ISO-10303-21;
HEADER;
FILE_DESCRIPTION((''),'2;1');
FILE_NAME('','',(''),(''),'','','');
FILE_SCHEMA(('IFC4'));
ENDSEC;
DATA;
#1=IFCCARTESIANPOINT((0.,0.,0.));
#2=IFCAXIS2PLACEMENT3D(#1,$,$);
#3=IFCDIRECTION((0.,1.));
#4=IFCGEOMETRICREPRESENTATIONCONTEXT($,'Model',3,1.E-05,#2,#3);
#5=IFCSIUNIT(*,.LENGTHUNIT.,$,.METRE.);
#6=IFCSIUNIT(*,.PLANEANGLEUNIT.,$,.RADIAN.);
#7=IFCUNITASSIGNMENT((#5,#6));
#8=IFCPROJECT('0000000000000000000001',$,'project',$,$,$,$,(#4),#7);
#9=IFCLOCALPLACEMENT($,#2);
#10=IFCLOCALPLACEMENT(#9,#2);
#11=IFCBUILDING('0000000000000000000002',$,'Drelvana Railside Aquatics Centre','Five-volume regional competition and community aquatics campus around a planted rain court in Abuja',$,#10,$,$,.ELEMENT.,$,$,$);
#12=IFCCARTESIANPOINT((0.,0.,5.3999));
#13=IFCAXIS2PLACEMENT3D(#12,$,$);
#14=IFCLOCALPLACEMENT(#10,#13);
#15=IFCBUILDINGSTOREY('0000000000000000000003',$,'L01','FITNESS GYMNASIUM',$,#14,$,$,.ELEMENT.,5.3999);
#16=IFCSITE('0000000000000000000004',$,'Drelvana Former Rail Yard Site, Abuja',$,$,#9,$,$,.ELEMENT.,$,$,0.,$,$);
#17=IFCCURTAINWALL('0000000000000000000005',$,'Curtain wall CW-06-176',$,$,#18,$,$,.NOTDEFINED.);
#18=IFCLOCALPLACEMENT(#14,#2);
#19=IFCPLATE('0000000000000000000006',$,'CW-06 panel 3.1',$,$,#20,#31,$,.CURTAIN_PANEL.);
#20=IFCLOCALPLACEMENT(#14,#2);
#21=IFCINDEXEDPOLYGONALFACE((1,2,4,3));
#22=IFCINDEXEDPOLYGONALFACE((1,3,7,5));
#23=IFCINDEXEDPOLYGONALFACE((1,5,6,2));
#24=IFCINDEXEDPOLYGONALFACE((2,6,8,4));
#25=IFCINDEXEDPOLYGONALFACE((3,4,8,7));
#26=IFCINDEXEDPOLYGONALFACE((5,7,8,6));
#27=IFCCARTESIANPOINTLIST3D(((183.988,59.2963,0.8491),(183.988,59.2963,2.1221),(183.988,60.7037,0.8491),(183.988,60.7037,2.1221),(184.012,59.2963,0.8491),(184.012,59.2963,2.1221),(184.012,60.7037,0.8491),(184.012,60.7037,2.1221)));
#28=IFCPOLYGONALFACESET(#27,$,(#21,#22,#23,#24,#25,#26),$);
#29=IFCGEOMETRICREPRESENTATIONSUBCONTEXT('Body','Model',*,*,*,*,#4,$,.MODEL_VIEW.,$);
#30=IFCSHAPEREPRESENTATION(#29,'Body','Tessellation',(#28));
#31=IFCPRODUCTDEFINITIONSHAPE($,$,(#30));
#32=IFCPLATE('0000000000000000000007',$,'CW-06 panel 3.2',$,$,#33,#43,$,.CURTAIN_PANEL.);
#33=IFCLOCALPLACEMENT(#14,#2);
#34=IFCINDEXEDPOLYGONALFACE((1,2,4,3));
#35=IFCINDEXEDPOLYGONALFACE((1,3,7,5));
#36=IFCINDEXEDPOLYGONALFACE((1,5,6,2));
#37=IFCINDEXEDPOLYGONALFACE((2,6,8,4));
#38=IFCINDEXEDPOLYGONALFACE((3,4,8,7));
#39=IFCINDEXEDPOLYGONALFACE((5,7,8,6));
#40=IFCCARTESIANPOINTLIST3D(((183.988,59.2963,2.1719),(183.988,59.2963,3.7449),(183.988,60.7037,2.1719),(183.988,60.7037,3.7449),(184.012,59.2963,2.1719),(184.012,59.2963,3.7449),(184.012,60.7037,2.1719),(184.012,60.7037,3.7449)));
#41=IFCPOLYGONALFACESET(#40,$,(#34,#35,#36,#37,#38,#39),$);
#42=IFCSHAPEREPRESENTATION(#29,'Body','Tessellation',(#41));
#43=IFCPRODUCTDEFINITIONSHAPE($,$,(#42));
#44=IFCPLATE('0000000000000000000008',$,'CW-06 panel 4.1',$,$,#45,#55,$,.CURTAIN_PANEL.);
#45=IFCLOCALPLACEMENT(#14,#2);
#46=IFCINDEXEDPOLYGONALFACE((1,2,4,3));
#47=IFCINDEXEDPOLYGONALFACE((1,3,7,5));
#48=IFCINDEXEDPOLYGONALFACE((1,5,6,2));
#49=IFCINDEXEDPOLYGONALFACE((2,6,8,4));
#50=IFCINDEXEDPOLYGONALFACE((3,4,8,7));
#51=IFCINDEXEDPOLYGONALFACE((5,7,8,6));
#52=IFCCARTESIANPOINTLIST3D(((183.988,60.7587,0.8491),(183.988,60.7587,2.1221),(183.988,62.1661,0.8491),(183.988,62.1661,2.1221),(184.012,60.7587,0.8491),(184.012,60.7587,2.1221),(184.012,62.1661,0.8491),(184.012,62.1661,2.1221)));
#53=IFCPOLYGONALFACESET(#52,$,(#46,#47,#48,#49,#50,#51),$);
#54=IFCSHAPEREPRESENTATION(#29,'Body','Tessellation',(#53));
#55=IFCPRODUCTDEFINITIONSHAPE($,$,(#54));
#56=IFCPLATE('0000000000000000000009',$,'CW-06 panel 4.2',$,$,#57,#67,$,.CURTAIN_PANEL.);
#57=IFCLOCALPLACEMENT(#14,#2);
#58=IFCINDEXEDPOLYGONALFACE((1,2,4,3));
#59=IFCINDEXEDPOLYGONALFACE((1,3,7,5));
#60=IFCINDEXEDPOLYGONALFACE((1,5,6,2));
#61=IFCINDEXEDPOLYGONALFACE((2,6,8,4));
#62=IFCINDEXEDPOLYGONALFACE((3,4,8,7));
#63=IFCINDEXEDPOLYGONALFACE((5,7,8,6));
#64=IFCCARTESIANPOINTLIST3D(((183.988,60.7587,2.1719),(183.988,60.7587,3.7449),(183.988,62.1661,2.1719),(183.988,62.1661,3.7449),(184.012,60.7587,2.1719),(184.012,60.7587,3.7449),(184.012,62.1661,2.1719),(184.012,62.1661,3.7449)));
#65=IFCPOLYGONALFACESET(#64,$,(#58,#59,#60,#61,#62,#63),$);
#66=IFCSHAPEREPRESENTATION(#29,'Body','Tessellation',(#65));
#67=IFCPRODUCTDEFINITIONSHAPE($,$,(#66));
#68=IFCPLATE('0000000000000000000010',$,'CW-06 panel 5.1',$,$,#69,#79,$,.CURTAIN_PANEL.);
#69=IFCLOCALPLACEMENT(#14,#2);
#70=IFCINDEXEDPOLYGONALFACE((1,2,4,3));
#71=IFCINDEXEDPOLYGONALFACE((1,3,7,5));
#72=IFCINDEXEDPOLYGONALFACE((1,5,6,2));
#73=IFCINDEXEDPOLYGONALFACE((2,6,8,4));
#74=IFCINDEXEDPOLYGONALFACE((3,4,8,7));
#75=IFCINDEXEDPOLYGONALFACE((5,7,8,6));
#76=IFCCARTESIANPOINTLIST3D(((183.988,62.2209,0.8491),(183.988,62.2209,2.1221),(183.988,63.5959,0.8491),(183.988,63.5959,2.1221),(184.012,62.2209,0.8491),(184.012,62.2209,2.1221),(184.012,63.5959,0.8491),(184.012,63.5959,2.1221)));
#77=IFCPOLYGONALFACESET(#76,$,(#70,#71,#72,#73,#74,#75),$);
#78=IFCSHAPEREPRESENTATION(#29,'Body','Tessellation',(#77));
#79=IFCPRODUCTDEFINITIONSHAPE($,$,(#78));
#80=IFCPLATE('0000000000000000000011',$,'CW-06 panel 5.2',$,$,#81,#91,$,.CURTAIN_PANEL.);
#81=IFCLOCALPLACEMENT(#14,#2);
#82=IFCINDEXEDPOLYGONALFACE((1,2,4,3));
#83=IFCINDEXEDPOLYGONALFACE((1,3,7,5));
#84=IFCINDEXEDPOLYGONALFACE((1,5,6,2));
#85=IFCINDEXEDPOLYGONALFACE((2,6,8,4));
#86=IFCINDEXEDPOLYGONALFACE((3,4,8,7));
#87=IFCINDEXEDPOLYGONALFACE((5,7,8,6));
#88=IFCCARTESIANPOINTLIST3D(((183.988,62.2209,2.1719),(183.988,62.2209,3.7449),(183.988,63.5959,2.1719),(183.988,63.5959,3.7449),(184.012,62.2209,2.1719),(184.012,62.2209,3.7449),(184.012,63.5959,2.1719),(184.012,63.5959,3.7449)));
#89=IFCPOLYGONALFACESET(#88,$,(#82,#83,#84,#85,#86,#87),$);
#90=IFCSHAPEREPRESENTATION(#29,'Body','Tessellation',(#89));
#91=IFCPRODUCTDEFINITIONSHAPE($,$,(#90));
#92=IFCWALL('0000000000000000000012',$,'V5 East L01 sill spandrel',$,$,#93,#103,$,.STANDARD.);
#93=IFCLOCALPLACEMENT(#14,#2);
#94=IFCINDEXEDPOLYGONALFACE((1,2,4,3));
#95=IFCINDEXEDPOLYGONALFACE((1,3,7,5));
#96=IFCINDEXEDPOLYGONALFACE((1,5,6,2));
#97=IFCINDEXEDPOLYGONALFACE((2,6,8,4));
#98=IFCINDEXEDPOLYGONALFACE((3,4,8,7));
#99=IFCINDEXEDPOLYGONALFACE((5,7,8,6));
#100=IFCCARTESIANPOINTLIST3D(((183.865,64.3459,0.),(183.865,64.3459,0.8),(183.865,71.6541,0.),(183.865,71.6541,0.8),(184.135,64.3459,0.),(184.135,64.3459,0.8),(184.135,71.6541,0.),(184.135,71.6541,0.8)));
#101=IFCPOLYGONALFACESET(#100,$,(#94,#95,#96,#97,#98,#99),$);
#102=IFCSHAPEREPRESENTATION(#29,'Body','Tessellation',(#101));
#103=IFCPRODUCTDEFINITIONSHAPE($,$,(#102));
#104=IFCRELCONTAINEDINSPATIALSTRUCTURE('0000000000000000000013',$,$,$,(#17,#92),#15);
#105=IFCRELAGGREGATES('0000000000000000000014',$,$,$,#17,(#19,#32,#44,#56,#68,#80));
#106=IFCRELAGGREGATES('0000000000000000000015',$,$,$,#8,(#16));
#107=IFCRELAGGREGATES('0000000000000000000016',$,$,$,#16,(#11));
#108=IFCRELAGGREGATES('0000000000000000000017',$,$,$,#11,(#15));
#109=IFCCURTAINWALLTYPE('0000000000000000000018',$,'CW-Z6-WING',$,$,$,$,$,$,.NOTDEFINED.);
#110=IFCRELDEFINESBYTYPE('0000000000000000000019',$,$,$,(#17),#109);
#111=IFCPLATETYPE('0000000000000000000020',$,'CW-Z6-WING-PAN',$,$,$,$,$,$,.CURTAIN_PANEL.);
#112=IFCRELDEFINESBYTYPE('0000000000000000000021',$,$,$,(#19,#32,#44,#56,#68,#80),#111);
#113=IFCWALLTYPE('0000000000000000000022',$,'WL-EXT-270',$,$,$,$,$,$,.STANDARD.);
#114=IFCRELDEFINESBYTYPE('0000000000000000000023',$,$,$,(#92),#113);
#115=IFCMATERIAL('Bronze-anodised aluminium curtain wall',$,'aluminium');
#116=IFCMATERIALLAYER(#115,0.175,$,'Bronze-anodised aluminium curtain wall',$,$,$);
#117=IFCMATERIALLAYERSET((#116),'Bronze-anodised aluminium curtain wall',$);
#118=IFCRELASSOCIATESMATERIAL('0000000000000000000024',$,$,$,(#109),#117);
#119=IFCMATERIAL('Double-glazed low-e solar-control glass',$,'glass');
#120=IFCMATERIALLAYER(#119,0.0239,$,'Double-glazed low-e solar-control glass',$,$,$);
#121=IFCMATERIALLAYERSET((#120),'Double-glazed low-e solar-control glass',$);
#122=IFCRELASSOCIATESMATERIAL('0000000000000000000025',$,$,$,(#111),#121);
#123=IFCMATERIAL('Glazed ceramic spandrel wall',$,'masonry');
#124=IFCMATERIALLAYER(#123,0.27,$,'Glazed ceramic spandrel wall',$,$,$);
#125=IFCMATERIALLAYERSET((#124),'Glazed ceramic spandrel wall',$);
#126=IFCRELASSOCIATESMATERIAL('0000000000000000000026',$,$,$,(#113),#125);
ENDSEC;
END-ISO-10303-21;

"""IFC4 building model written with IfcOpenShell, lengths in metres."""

from ifc_helpers import new_model, si_unit, direction, frame, frame_2d, origin, origin_2d, place, context, subcontext, project, spatial, rectangle, extrude, material, layer, layer_set, type_object, element, aggregate, save


model = new_model("IFC4")

# Units and contexts
model_context = context("Model", 3, precision=1e-05, world=origin(), true_north=direction((0.0, 1.0)))
body_context = subcontext(model_context, "Body", "Model", "MODEL_VIEW")
ifc_project = project(units=[si_unit("LENGTHUNIT", "METRE"), si_unit("PLANEANGLEUNIT", "RADIAN")], contexts=[model_context])

# Site, building, storey
site_placement = place(None, origin())
site = spatial("IfcSite", under=ifc_project, at=site_placement, Name="Drelvana Former Rail Yard Site, Abuja", CompositionType="ELEMENT", RefElevation=0.0)
building_placement = place(site_placement, origin())
building = spatial("IfcBuilding", under=site, at=building_placement, Name="Drelvana Railside Aquatics Centre", Description="Five-volume regional competition and community aquatics campus around a planted rain court in Abuja", CompositionType="ELEMENT")
storey_placement = place(building_placement, frame((0.0, 0.0, 5.3999)))
storey = spatial("IfcBuildingStorey", under=building, at=storey_placement, Name="L01", Description="FITNESS GYMNASIUM", CompositionType="ELEMENT", Elevation=5.3999)

# Curtain wall
ifc_material_1 = material(Name="Bronze-anodised aluminium curtain wall", Category="aluminium")
ifc_layer_1 = layer(ifc_material_1, 0.175, Name="Bronze-anodised aluminium curtain wall")
ifc_layer_set_1 = layer_set([ifc_layer_1], Name="Bronze-anodised aluminium curtain wall")
curtain_wall_type = type_object("IfcCurtainWallType", Name="CW-Z6-WING", PredefinedType="NOTDEFINED", material=ifc_layer_set_1)
curtain_wall_1_placement = place(storey_placement, origin())
curtain_wall_1 = element("IfcCurtainWall", 1, at=curtain_wall_1_placement, inside=storey, type_object=curtain_wall_type, Name="Curtain wall CW-06-176", PredefinedType="NOTDEFINED")

# Plates
ifc_material_2 = material(Name="Double-glazed low-e solar-control glass", Category="glass")
ifc_layer_2 = layer(ifc_material_2, 0.0239, Name="Double-glazed low-e solar-control glass")
ifc_layer_set_2 = layer_set([ifc_layer_2], Name="Double-glazed low-e solar-control glass")
plate_type = type_object("IfcPlateType", Name="CW-Z6-WING-PAN", PredefinedType="CURTAIN_PANEL", material=ifc_layer_set_2)
plate_1_placement = place(storey_placement, frame((184.0, 60.0, 0.8491), z_axis=(0.0, 0.0, 1.0), x_axis=(0.0, 1.0, 0.0)))
plate_1 = element("IfcPlate", 2, at=plate_1_placement, type_object=plate_type, Name="CW-06 panel 3.1", PredefinedType="CURTAIN_PANEL", context=body_context, shape_type="SweptSolid", body=[
    extrude(rectangle(XDim=1.4075, YDim=0.0239, at=origin_2d()), origin(), (0.0, 0.0, 1.0), 1.2729),
])
plate_2_placement = place(storey_placement, frame((184.0, 60.0, 2.1719), z_axis=(0.0, 0.0, 1.0), x_axis=(0.0, 1.0, 0.0)))
plate_2 = element("IfcPlate", 3, at=plate_2_placement, type_object=plate_type, Name="CW-06 panel 3.2", PredefinedType="CURTAIN_PANEL", context=body_context, shape_type="SweptSolid", body=[
    extrude(rectangle(XDim=1.4075, YDim=0.0239, at=origin_2d()), origin(), (0.0, 0.0, 1.0), 1.573),
])
plate_3_placement = place(storey_placement, frame((184.0, 61.4624, 0.8491), z_axis=(0.0, 0.0, 1.0), x_axis=(0.0, 1.0, 0.0)))
plate_3 = element("IfcPlate", 4, at=plate_3_placement, type_object=plate_type, Name="CW-06 panel 4.1", PredefinedType="CURTAIN_PANEL", context=body_context, shape_type="SweptSolid", body=[
    extrude(rectangle(XDim=1.4075, YDim=0.0239, at=origin_2d()), origin(), (0.0, 0.0, 1.0), 1.2729),
])
plate_4_placement = place(storey_placement, frame((184.0, 61.4624, 2.1719), z_axis=(0.0, 0.0, 1.0), x_axis=(0.0, 1.0, 0.0)))
plate_4 = element("IfcPlate", 5, at=plate_4_placement, type_object=plate_type, Name="CW-06 panel 4.2", PredefinedType="CURTAIN_PANEL", context=body_context, shape_type="SweptSolid", body=[
    extrude(rectangle(XDim=1.4075, YDim=0.0239, at=origin_2d()), origin(), (0.0, 0.0, 1.0), 1.573),
])
plate_5_placement = place(storey_placement, frame((184.0, 62.9084, 0.8491), z_axis=(0.0, 0.0, 1.0), x_axis=(0.0, 1.0, 0.0)))
plate_5 = element("IfcPlate", 6, at=plate_5_placement, type_object=plate_type, Name="CW-06 panel 5.1", PredefinedType="CURTAIN_PANEL", context=body_context, shape_type="SweptSolid", body=[
    extrude(rectangle(XDim=1.375, YDim=0.0239, at=origin_2d()), origin(), (0.0, 0.0, 1.0), 1.2729),
])
plate_6_placement = place(storey_placement, frame((184.0, 62.9084, 2.1719), z_axis=(0.0, 0.0, 1.0), x_axis=(0.0, 1.0, 0.0)))
plate_6 = element("IfcPlate", 7, at=plate_6_placement, type_object=plate_type, Name="CW-06 panel 5.2", PredefinedType="CURTAIN_PANEL", context=body_context, shape_type="SweptSolid", body=[
    extrude(rectangle(XDim=1.375, YDim=0.0239, at=origin_2d()), origin(), (0.0, 0.0, 1.0), 1.573),
])
aggregate(curtain_wall_1, [plate_1, plate_2, plate_3, plate_4, plate_5, plate_6])

# Wall
ifc_material_3 = material(Name="Glazed ceramic spandrel wall", Category="masonry")
ifc_layer_3 = layer(ifc_material_3, 0.27, Name="Glazed ceramic spandrel wall")
ifc_layer_set_3 = layer_set([ifc_layer_3], Name="Glazed ceramic spandrel wall")
wall_type = type_object("IfcWallType", Name="WL-EXT-270", PredefinedType="STANDARD", material=ifc_layer_set_3)
wall_placement = place(storey_placement, frame((184.0, 64.3459, 0.0), z_axis=(0.0, 0.0, 1.0), x_axis=(0.0, 1.0, 0.0)))
element("IfcWall", 8, at=wall_placement, inside=storey, type_object=wall_type, Name="V5 East L01 sill spandrel", PredefinedType="STANDARD", context=body_context, shape_type="SweptSolid", body=[
    extrude(rectangle(XDim=7.3081, YDim=0.27, at=frame_2d((3.6541, 0.0))), origin(), (0.0, 0.0, 1.0), 0.8),
])

save(model, "model.ifc")
